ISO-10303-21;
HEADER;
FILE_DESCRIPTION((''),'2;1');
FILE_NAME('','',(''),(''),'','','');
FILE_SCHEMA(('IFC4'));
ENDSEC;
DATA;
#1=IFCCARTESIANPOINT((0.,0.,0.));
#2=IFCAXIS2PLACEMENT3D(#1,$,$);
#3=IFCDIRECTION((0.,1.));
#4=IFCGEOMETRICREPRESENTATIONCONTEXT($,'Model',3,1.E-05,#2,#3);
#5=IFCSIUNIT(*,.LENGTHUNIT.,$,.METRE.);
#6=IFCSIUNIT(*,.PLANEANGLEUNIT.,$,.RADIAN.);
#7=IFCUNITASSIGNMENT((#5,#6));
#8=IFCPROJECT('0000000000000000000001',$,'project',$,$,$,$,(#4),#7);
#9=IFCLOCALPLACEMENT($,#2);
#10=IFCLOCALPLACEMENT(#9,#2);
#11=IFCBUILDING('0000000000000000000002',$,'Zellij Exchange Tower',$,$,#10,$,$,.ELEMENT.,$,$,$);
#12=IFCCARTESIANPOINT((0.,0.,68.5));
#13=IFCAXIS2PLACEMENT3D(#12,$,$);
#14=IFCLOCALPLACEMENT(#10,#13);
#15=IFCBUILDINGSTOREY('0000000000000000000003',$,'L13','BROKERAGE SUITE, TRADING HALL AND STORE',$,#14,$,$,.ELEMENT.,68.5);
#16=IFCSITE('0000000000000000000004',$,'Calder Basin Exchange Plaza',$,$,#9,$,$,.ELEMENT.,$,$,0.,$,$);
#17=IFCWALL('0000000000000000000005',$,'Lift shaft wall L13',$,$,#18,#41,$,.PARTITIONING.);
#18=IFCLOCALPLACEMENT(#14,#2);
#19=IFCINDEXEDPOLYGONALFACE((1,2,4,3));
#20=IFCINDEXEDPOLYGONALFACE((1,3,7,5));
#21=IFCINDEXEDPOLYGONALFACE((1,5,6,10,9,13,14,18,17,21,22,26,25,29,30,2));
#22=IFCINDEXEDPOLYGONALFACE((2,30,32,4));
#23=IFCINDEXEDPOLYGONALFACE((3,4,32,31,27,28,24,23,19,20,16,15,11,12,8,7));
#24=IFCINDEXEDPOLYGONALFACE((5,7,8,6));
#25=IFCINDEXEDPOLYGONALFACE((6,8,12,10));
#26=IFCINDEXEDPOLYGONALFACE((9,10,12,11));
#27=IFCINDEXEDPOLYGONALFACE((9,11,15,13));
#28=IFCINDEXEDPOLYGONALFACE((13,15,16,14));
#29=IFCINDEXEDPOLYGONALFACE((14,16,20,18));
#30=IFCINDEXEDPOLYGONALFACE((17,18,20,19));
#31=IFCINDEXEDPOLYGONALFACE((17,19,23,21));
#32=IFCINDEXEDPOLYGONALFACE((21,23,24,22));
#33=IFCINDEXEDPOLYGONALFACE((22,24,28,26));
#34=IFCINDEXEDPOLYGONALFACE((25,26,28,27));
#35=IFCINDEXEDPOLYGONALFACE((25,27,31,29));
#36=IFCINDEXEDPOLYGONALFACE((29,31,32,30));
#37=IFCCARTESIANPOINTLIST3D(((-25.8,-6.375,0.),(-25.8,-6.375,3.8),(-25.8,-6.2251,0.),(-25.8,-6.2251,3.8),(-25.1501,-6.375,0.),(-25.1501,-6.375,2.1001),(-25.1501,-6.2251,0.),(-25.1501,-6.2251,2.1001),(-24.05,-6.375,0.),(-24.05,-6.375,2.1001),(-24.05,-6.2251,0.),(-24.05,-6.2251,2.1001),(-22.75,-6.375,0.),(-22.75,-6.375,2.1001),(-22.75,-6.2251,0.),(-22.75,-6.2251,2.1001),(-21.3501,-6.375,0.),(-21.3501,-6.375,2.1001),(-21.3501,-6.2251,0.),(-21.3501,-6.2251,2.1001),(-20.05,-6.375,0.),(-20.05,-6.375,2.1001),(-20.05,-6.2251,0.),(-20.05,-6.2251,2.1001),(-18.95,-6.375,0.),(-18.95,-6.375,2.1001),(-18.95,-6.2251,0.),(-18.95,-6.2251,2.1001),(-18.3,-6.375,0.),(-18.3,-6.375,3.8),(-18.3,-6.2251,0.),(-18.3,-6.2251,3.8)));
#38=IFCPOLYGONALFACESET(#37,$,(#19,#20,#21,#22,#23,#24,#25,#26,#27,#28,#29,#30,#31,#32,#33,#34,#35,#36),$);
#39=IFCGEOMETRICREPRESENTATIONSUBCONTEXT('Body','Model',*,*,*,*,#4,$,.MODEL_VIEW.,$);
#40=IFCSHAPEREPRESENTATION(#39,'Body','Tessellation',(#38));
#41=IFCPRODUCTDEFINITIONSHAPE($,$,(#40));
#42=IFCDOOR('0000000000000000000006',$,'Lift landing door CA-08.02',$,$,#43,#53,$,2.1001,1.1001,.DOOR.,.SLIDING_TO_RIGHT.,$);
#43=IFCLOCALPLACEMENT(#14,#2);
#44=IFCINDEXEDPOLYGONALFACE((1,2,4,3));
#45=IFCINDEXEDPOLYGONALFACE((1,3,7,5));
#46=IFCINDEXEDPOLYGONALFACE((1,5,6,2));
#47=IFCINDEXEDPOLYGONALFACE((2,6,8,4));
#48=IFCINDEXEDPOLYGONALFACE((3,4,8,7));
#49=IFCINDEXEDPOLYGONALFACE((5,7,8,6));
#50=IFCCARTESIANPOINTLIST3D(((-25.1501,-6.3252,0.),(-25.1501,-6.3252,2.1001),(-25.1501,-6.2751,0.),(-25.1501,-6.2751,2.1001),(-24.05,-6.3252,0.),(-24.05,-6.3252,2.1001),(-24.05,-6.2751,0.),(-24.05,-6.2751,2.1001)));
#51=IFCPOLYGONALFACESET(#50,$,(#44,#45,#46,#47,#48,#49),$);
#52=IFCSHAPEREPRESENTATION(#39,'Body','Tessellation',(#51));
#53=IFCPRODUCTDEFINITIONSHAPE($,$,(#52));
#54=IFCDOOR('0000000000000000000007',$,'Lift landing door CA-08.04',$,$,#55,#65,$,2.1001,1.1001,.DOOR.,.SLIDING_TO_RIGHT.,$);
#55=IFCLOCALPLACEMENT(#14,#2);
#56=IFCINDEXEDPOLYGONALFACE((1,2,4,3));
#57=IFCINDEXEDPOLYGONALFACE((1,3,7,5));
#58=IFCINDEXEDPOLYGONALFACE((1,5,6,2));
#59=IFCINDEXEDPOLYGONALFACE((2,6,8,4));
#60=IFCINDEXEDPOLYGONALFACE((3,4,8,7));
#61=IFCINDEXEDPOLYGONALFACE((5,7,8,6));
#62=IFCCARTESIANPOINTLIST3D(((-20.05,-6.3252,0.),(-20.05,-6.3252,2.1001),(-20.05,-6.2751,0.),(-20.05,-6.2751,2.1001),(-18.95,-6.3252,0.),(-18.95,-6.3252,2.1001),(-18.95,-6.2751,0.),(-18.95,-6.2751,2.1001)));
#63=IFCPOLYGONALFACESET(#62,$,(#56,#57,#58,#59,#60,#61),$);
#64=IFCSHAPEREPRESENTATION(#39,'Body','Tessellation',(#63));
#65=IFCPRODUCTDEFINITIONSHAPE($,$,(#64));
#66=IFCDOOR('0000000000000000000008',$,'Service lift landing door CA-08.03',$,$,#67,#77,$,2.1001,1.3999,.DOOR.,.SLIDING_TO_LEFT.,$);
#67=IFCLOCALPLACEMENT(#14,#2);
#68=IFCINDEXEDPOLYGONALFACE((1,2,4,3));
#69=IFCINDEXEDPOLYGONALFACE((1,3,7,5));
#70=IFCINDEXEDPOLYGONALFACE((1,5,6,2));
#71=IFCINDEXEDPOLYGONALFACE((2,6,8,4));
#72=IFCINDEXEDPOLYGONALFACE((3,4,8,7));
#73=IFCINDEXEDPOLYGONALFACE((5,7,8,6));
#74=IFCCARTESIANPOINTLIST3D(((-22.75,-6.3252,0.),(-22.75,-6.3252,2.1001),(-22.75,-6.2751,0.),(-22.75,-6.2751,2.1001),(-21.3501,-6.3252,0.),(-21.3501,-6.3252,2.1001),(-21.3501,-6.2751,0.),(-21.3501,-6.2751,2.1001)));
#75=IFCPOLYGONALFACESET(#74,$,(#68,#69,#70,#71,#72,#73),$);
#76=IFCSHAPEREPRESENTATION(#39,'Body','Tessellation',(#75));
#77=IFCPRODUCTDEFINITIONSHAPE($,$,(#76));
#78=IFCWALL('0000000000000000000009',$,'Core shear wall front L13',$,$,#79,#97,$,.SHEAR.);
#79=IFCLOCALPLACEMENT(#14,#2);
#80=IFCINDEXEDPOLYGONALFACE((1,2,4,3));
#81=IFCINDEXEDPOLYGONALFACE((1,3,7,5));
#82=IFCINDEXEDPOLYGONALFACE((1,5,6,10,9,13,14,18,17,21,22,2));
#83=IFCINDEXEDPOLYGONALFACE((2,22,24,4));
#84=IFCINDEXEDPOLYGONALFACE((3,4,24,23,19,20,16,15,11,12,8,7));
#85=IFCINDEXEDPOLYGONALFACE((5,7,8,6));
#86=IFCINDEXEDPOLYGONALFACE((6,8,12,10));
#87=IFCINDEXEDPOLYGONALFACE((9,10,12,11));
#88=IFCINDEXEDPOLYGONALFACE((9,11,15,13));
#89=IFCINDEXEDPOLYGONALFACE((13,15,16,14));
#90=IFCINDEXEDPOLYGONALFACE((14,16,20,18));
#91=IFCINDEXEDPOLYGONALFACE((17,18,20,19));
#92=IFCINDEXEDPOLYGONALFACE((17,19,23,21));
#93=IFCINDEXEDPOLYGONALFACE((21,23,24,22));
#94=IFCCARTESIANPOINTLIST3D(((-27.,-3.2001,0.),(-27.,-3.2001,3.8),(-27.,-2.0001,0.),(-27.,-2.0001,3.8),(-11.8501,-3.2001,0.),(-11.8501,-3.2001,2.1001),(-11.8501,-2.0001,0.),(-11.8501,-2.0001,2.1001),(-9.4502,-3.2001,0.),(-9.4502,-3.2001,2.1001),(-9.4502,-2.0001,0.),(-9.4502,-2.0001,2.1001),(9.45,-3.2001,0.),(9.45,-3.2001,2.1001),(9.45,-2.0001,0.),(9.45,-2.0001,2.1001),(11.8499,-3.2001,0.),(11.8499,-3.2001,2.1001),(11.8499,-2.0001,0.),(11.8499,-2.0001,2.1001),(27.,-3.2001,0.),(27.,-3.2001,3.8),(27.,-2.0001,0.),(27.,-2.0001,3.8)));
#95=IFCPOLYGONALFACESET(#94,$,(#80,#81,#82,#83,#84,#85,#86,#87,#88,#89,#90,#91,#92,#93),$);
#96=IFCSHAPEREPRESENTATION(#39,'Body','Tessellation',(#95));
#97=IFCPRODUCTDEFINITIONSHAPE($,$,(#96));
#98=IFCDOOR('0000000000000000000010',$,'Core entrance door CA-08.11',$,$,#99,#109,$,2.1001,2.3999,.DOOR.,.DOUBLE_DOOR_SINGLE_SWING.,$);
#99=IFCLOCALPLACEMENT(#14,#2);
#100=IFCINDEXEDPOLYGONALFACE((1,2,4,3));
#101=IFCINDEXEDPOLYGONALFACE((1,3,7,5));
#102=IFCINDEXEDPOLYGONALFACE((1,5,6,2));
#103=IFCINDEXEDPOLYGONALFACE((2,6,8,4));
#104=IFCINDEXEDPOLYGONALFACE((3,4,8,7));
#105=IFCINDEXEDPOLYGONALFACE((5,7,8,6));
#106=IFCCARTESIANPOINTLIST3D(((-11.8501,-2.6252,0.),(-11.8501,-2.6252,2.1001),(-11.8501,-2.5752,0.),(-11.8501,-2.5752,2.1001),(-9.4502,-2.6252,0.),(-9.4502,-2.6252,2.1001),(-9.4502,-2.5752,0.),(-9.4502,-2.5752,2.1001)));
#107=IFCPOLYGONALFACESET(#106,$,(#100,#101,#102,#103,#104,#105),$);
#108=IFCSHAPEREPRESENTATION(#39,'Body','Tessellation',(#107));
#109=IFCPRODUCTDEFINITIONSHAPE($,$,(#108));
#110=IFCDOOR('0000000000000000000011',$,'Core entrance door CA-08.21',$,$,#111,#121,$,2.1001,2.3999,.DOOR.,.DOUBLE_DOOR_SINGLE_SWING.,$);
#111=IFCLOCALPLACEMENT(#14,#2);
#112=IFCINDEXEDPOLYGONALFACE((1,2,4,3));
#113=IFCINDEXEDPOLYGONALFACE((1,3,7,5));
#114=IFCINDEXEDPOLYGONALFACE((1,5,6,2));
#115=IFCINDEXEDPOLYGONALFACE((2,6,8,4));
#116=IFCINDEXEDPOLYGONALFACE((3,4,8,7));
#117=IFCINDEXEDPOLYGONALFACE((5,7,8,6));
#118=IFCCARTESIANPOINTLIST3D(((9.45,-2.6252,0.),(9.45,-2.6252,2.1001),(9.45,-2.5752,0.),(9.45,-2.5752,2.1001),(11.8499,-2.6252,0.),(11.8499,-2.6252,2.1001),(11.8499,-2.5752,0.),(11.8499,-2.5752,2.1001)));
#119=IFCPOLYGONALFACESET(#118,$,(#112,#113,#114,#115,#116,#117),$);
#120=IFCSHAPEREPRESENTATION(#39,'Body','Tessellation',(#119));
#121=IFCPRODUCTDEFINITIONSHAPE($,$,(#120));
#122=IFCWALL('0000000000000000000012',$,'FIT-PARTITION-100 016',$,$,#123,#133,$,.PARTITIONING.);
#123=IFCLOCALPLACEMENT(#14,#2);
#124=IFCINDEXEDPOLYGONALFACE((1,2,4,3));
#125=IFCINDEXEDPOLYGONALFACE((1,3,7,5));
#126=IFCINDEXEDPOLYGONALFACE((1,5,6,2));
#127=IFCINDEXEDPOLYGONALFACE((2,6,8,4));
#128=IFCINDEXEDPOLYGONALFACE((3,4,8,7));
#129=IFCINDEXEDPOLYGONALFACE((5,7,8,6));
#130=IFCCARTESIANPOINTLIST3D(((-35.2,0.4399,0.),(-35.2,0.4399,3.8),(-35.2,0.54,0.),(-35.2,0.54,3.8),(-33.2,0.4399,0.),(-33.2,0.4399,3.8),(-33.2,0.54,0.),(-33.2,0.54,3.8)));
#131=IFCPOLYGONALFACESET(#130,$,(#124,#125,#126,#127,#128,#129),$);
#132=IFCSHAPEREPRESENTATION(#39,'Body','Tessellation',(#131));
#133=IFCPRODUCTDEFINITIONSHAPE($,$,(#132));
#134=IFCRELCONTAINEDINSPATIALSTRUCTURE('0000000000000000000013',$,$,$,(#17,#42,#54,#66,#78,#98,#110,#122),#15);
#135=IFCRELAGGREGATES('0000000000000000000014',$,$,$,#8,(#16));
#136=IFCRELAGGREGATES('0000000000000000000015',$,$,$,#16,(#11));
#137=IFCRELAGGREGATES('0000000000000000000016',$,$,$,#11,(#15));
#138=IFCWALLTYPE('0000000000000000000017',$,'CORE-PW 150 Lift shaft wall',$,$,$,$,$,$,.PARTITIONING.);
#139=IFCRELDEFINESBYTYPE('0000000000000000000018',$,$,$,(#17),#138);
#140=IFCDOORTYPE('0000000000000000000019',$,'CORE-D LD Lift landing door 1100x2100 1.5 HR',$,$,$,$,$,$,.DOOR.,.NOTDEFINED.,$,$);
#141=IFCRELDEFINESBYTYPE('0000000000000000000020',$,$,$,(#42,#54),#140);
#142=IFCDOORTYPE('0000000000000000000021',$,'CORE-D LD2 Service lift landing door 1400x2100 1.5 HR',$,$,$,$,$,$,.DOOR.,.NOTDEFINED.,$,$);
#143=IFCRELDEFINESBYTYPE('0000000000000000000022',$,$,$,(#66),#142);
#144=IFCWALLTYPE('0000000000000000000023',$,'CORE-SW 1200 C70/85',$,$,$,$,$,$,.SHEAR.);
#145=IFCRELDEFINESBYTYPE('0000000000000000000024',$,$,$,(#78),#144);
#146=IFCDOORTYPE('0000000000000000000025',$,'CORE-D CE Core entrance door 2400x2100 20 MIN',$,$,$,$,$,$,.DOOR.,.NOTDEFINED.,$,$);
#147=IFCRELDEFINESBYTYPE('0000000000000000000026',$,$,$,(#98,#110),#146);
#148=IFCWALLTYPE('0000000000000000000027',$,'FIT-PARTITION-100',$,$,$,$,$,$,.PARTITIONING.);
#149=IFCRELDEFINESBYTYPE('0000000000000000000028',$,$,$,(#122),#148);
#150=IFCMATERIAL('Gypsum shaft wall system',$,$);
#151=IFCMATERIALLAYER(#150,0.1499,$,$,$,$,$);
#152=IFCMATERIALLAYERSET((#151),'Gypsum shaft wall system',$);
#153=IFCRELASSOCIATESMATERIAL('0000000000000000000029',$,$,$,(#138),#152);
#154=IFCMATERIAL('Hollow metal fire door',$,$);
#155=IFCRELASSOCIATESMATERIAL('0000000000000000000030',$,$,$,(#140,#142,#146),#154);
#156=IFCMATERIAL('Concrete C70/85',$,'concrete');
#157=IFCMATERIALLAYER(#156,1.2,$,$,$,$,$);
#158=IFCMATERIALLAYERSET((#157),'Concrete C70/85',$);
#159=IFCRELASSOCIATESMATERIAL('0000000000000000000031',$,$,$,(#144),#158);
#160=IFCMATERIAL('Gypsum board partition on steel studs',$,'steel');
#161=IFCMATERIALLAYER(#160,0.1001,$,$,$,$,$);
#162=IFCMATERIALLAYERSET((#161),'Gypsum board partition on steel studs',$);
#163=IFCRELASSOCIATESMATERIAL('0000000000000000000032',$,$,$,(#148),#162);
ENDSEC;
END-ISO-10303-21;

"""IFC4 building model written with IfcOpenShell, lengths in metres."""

from ifc_helpers import new_model, si_unit, direction, frame, frame_2d, origin, place, context, subcontext, project, spatial, rectangle, extrude, material, layer, layer_set, type_object, element, fill, save


model = new_model("IFC4")

# Units and contexts
model_context = context("Model", 3, precision=1e-05, world=origin(), true_north=direction((0.0, 1.0)))
body_context = subcontext(model_context, "Body", "Model", "MODEL_VIEW")
ifc_project = project(units=[si_unit("LENGTHUNIT", "METRE"), si_unit("PLANEANGLEUNIT", "RADIAN")], contexts=[model_context])

# Site, building, storey
site_placement = place(None, origin())
site = spatial("IfcSite", under=ifc_project, at=site_placement, Name="Calder Basin Exchange Plaza", CompositionType="ELEMENT", RefElevation=0.0)
building_placement = place(site_placement, origin())
building = spatial("IfcBuilding", under=site, at=building_placement, Name="Zellij Exchange Tower", CompositionType="ELEMENT")
storey_placement = place(building_placement, frame((0.0, 0.0, 68.5)))
storey = spatial("IfcBuildingStorey", under=building, at=storey_placement, Name="L13", Description="BROKERAGE SUITE, TRADING HALL AND STORE", CompositionType="ELEMENT", Elevation=68.5)

# Shared definitions
ifc_material_1 = material(Name="Concrete C70/85", Category="concrete")

# Shared definitions
ifc_material_2 = material(Name="Gypsum shaft wall system")
ifc_layer_1 = layer(ifc_material_2, 0.1499)
ifc_layer_set_1 = layer_set([ifc_layer_1], Name="Gypsum shaft wall system")
wall_type_1 = type_object("IfcWallType", Name="CORE-PW 150 Lift shaft wall", PredefinedType="PARTITIONING", material=ifc_layer_set_1)

# Walls, openings, doors
wall_1_placement = place(storey_placement, frame((-25.8, -6.3, 0.0), z_axis=(0.0, 0.0, 1.0), x_axis=(1.0, 0.0, 0.0)))
wall_1 = element("IfcWall", 1, at=wall_1_placement, inside=storey, type_object=wall_type_1, Name="Lift shaft wall L13", PredefinedType="PARTITIONING", context=body_context, shape_type="SweptSolid", body=[
    extrude(rectangle(XDim=7.5, YDim=0.1499, at=frame_2d((3.75, 0.0))), origin(), (0.0, 0.0, 1.0), 3.8),
])
opening_1_placement = place(wall_1_placement, frame((0.6499, 0.0, 0.0)))
opening_1 = element("IfcOpeningElement", 2, at=opening_1_placement, cuts=wall_1, PredefinedType="OPENING", context=body_context, shape_type="SweptSolid", body=[
    extrude(rectangle(XDim=1.1001, YDim=2.1001, at=frame_2d((0.55, 1.05))), frame((0.0, 0.0869, 0.0), z_axis=(0.0, -1.0, 0.0), x_axis=(1.0, 0.0, 0.0)), (0.0, 0.0, 1.0), 0.1738),
])
opening_2_placement = place(wall_1_placement, frame((3.05, 0.0, 0.0)))
opening_2 = element("IfcOpeningElement", 3, at=opening_2_placement, cuts=wall_1, PredefinedType="OPENING", context=body_context, shape_type="SweptSolid", body=[
    extrude(rectangle(XDim=1.3999, YDim=2.1001, at=frame_2d((0.7, 1.05))), frame((0.0, 0.0869, 0.0), z_axis=(0.0, -1.0, 0.0), x_axis=(1.0, 0.0, 0.0)), (0.0, 0.0, 1.0), 0.1738),
])
opening_3_placement = place(wall_1_placement, frame((5.75, 0.0, 0.0)))
opening_3 = element("IfcOpeningElement", 4, at=opening_3_placement, cuts=wall_1, PredefinedType="OPENING", context=body_context, shape_type="SweptSolid", body=[
    extrude(rectangle(XDim=1.1001, YDim=2.1001, at=frame_2d((0.55, 1.05))), frame((0.0, 0.0869, 0.0), z_axis=(0.0, -1.0, 0.0), x_axis=(1.0, 0.0, 0.0)), (0.0, 0.0, 1.0), 0.1738),
])
ifc_material_3 = material(Name="Hollow metal fire door")
door_type_1 = type_object("IfcDoorType", Name="CORE-D LD Lift landing door 1100x2100 1.5 HR", OperationType="NOTDEFINED", PredefinedType="DOOR", material=ifc_material_3)
door_1_placement = place(opening_1_placement, origin())
door_1 = element("IfcDoor", 5, at=door_1_placement, inside=storey, type_object=door_type_1, Name="Lift landing door CA-08.02", OperationType="SLIDING_TO_RIGHT", OverallHeight=2.1001, OverallWidth=1.1001, PredefinedType="DOOR", context=body_context, shape_type="SweptSolid", body=[
    extrude(rectangle(XDim=1.1001, YDim=2.1001, at=frame_2d((0.55, 1.05))), frame((0.0, 0.0249, 0.0), z_axis=(0.0, -1.0, 0.0), x_axis=(1.0, 0.0, 0.0)), (0.0, 0.0, 1.0), 0.05),
])
fill(opening_1, door_1)
door_2_placement = place(opening_3_placement, origin())
door_2 = element("IfcDoor", 6, at=door_2_placement, inside=storey, type_object=door_type_1, Name="Lift landing door CA-08.04", OperationType="SLIDING_TO_RIGHT", OverallHeight=2.1001, OverallWidth=1.1001, PredefinedType="DOOR", context=body_context, shape_type="SweptSolid", body=[
    extrude(rectangle(XDim=1.1001, YDim=2.1001, at=frame_2d((0.55, 1.05))), frame((0.0, 0.0249, 0.0), z_axis=(0.0, -1.0, 0.0), x_axis=(1.0, 0.0, 0.0)), (0.0, 0.0, 1.0), 0.05),
])
fill(opening_3, door_2)
door_type_2 = type_object("IfcDoorType", Name="CORE-D LD2 Service lift landing door 1400x2100 1.5 HR", OperationType="NOTDEFINED", PredefinedType="DOOR", material=ifc_material_3)
door_3_placement = place(opening_2_placement, origin())
door_3 = element("IfcDoor", 7, at=door_3_placement, inside=storey, type_object=door_type_2, Name="Service lift landing door CA-08.03", OperationType="SLIDING_TO_LEFT", OverallHeight=2.1001, OverallWidth=1.3999, PredefinedType="DOOR", context=body_context, shape_type="SweptSolid", body=[
    extrude(rectangle(XDim=1.3999, YDim=2.1001, at=frame_2d((0.7, 1.05))), frame((0.0, 0.0249, 0.0), z_axis=(0.0, -1.0, 0.0), x_axis=(1.0, 0.0, 0.0)), (0.0, 0.0, 1.0), 0.05),
])
fill(opening_2, door_3)
ifc_layer_2 = layer(ifc_material_1, 1.2)
ifc_layer_set_2 = layer_set([ifc_layer_2], Name="Concrete C70/85")
wall_type_2 = type_object("IfcWallType", Name="CORE-SW 1200 C70/85", PredefinedType="SHEAR", material=ifc_layer_set_2)
wall_2_placement = place(storey_placement, frame((-27.0, -2.6001, 0.0), z_axis=(0.0, 0.0, 1.0), x_axis=(1.0, 0.0, 0.0)))
wall_2 = element("IfcWall", 8, at=wall_2_placement, inside=storey, type_object=wall_type_2, Name="Core shear wall front L13", PredefinedType="SHEAR", context=body_context, shape_type="SweptSolid", body=[
    extrude(rectangle(XDim=54.0, YDim=1.2, at=frame_2d((27.0, 0.0))), origin(), (0.0, 0.0, 1.0), 3.8),
])
opening_4_placement = place(wall_2_placement, frame((15.1499, 0.0, 0.0)))
opening_4 = element("IfcOpeningElement", 9, at=opening_4_placement, cuts=wall_2, PredefinedType="OPENING", context=body_context, shape_type="SweptSolid", body=[
    extrude(rectangle(XDim=2.3999, YDim=2.1001, at=frame_2d((1.2, 1.05))), frame((0.0, 0.6118, 0.0), z_axis=(0.0, -1.0, 0.0), x_axis=(1.0, 0.0, 0.0)), (0.0, 0.0, 1.0), 1.2239),
])
opening_5_placement = place(wall_2_placement, frame((36.45, 0.0, 0.0)))
opening_5 = element("IfcOpeningElement", 10, at=opening_5_placement, cuts=wall_2, PredefinedType="OPENING", context=body_context, shape_type="SweptSolid", body=[
    extrude(rectangle(XDim=2.3999, YDim=2.1001, at=frame_2d((1.2, 1.05))), frame((0.0, 0.6118, 0.0), z_axis=(0.0, -1.0, 0.0), x_axis=(1.0, 0.0, 0.0)), (0.0, 0.0, 1.0), 1.2239),
])
door_type_3 = type_object("IfcDoorType", Name="CORE-D CE Core entrance door 2400x2100 20 MIN", OperationType="NOTDEFINED", PredefinedType="DOOR", material=ifc_material_3)
door_4_placement = place(opening_4_placement, origin())
door_4 = element("IfcDoor", 11, at=door_4_placement, inside=storey, type_object=door_type_3, Name="Core entrance door CA-08.11", OperationType="DOUBLE_DOOR_SINGLE_SWING", OverallHeight=2.1001, OverallWidth=2.3999, PredefinedType="DOOR", context=body_context, shape_type="SweptSolid", body=[
    extrude(rectangle(XDim=2.3999, YDim=2.1001, at=frame_2d((1.2, 1.05))), frame((0.0, 0.0249, 0.0), z_axis=(0.0, -1.0, 0.0), x_axis=(1.0, 0.0, 0.0)), (0.0, 0.0, 1.0), 0.05),
])
fill(opening_4, door_4)
door_5_placement = place(opening_5_placement, origin())
door_5 = element("IfcDoor", 12, at=door_5_placement, inside=storey, type_object=door_type_3, Name="Core entrance door CA-08.21", OperationType="DOUBLE_DOOR_SINGLE_SWING", OverallHeight=2.1001, OverallWidth=2.3999, PredefinedType="DOOR", context=body_context, shape_type="SweptSolid", body=[
    extrude(rectangle(XDim=2.3999, YDim=2.1001, at=frame_2d((1.2, 1.05))), frame((0.0, 0.0249, 0.0), z_axis=(0.0, -1.0, 0.0), x_axis=(1.0, 0.0, 0.0)), (0.0, 0.0, 1.0), 0.05),
])
fill(opening_5, door_5)

# Wall
ifc_material_4 = material(Name="Gypsum board partition on steel studs", Category="steel")
ifc_layer_3 = layer(ifc_material_4, 0.1001)
ifc_layer_set_3 = layer_set([ifc_layer_3], Name="Gypsum board partition on steel studs")
wall_type_3 = type_object("IfcWallType", Name="FIT-PARTITION-100", PredefinedType="PARTITIONING", material=ifc_layer_set_3)
wall_3_placement = place(storey_placement, frame((-35.2, 0.49, 0.0), z_axis=(0.0, 0.0, 1.0), x_axis=(1.0, 0.0, 0.0)))
element("IfcWall", 13, at=wall_3_placement, inside=storey, type_object=wall_type_3, Name="FIT-PARTITION-100 016", PredefinedType="PARTITIONING", context=body_context, shape_type="SweptSolid", body=[
    extrude(rectangle(XDim=2.0, YDim=0.1001, at=frame_2d((1.0, 0.0))), origin(), (0.0, 0.0, 1.0), 3.8),
])

save(model, "model.ifc")
